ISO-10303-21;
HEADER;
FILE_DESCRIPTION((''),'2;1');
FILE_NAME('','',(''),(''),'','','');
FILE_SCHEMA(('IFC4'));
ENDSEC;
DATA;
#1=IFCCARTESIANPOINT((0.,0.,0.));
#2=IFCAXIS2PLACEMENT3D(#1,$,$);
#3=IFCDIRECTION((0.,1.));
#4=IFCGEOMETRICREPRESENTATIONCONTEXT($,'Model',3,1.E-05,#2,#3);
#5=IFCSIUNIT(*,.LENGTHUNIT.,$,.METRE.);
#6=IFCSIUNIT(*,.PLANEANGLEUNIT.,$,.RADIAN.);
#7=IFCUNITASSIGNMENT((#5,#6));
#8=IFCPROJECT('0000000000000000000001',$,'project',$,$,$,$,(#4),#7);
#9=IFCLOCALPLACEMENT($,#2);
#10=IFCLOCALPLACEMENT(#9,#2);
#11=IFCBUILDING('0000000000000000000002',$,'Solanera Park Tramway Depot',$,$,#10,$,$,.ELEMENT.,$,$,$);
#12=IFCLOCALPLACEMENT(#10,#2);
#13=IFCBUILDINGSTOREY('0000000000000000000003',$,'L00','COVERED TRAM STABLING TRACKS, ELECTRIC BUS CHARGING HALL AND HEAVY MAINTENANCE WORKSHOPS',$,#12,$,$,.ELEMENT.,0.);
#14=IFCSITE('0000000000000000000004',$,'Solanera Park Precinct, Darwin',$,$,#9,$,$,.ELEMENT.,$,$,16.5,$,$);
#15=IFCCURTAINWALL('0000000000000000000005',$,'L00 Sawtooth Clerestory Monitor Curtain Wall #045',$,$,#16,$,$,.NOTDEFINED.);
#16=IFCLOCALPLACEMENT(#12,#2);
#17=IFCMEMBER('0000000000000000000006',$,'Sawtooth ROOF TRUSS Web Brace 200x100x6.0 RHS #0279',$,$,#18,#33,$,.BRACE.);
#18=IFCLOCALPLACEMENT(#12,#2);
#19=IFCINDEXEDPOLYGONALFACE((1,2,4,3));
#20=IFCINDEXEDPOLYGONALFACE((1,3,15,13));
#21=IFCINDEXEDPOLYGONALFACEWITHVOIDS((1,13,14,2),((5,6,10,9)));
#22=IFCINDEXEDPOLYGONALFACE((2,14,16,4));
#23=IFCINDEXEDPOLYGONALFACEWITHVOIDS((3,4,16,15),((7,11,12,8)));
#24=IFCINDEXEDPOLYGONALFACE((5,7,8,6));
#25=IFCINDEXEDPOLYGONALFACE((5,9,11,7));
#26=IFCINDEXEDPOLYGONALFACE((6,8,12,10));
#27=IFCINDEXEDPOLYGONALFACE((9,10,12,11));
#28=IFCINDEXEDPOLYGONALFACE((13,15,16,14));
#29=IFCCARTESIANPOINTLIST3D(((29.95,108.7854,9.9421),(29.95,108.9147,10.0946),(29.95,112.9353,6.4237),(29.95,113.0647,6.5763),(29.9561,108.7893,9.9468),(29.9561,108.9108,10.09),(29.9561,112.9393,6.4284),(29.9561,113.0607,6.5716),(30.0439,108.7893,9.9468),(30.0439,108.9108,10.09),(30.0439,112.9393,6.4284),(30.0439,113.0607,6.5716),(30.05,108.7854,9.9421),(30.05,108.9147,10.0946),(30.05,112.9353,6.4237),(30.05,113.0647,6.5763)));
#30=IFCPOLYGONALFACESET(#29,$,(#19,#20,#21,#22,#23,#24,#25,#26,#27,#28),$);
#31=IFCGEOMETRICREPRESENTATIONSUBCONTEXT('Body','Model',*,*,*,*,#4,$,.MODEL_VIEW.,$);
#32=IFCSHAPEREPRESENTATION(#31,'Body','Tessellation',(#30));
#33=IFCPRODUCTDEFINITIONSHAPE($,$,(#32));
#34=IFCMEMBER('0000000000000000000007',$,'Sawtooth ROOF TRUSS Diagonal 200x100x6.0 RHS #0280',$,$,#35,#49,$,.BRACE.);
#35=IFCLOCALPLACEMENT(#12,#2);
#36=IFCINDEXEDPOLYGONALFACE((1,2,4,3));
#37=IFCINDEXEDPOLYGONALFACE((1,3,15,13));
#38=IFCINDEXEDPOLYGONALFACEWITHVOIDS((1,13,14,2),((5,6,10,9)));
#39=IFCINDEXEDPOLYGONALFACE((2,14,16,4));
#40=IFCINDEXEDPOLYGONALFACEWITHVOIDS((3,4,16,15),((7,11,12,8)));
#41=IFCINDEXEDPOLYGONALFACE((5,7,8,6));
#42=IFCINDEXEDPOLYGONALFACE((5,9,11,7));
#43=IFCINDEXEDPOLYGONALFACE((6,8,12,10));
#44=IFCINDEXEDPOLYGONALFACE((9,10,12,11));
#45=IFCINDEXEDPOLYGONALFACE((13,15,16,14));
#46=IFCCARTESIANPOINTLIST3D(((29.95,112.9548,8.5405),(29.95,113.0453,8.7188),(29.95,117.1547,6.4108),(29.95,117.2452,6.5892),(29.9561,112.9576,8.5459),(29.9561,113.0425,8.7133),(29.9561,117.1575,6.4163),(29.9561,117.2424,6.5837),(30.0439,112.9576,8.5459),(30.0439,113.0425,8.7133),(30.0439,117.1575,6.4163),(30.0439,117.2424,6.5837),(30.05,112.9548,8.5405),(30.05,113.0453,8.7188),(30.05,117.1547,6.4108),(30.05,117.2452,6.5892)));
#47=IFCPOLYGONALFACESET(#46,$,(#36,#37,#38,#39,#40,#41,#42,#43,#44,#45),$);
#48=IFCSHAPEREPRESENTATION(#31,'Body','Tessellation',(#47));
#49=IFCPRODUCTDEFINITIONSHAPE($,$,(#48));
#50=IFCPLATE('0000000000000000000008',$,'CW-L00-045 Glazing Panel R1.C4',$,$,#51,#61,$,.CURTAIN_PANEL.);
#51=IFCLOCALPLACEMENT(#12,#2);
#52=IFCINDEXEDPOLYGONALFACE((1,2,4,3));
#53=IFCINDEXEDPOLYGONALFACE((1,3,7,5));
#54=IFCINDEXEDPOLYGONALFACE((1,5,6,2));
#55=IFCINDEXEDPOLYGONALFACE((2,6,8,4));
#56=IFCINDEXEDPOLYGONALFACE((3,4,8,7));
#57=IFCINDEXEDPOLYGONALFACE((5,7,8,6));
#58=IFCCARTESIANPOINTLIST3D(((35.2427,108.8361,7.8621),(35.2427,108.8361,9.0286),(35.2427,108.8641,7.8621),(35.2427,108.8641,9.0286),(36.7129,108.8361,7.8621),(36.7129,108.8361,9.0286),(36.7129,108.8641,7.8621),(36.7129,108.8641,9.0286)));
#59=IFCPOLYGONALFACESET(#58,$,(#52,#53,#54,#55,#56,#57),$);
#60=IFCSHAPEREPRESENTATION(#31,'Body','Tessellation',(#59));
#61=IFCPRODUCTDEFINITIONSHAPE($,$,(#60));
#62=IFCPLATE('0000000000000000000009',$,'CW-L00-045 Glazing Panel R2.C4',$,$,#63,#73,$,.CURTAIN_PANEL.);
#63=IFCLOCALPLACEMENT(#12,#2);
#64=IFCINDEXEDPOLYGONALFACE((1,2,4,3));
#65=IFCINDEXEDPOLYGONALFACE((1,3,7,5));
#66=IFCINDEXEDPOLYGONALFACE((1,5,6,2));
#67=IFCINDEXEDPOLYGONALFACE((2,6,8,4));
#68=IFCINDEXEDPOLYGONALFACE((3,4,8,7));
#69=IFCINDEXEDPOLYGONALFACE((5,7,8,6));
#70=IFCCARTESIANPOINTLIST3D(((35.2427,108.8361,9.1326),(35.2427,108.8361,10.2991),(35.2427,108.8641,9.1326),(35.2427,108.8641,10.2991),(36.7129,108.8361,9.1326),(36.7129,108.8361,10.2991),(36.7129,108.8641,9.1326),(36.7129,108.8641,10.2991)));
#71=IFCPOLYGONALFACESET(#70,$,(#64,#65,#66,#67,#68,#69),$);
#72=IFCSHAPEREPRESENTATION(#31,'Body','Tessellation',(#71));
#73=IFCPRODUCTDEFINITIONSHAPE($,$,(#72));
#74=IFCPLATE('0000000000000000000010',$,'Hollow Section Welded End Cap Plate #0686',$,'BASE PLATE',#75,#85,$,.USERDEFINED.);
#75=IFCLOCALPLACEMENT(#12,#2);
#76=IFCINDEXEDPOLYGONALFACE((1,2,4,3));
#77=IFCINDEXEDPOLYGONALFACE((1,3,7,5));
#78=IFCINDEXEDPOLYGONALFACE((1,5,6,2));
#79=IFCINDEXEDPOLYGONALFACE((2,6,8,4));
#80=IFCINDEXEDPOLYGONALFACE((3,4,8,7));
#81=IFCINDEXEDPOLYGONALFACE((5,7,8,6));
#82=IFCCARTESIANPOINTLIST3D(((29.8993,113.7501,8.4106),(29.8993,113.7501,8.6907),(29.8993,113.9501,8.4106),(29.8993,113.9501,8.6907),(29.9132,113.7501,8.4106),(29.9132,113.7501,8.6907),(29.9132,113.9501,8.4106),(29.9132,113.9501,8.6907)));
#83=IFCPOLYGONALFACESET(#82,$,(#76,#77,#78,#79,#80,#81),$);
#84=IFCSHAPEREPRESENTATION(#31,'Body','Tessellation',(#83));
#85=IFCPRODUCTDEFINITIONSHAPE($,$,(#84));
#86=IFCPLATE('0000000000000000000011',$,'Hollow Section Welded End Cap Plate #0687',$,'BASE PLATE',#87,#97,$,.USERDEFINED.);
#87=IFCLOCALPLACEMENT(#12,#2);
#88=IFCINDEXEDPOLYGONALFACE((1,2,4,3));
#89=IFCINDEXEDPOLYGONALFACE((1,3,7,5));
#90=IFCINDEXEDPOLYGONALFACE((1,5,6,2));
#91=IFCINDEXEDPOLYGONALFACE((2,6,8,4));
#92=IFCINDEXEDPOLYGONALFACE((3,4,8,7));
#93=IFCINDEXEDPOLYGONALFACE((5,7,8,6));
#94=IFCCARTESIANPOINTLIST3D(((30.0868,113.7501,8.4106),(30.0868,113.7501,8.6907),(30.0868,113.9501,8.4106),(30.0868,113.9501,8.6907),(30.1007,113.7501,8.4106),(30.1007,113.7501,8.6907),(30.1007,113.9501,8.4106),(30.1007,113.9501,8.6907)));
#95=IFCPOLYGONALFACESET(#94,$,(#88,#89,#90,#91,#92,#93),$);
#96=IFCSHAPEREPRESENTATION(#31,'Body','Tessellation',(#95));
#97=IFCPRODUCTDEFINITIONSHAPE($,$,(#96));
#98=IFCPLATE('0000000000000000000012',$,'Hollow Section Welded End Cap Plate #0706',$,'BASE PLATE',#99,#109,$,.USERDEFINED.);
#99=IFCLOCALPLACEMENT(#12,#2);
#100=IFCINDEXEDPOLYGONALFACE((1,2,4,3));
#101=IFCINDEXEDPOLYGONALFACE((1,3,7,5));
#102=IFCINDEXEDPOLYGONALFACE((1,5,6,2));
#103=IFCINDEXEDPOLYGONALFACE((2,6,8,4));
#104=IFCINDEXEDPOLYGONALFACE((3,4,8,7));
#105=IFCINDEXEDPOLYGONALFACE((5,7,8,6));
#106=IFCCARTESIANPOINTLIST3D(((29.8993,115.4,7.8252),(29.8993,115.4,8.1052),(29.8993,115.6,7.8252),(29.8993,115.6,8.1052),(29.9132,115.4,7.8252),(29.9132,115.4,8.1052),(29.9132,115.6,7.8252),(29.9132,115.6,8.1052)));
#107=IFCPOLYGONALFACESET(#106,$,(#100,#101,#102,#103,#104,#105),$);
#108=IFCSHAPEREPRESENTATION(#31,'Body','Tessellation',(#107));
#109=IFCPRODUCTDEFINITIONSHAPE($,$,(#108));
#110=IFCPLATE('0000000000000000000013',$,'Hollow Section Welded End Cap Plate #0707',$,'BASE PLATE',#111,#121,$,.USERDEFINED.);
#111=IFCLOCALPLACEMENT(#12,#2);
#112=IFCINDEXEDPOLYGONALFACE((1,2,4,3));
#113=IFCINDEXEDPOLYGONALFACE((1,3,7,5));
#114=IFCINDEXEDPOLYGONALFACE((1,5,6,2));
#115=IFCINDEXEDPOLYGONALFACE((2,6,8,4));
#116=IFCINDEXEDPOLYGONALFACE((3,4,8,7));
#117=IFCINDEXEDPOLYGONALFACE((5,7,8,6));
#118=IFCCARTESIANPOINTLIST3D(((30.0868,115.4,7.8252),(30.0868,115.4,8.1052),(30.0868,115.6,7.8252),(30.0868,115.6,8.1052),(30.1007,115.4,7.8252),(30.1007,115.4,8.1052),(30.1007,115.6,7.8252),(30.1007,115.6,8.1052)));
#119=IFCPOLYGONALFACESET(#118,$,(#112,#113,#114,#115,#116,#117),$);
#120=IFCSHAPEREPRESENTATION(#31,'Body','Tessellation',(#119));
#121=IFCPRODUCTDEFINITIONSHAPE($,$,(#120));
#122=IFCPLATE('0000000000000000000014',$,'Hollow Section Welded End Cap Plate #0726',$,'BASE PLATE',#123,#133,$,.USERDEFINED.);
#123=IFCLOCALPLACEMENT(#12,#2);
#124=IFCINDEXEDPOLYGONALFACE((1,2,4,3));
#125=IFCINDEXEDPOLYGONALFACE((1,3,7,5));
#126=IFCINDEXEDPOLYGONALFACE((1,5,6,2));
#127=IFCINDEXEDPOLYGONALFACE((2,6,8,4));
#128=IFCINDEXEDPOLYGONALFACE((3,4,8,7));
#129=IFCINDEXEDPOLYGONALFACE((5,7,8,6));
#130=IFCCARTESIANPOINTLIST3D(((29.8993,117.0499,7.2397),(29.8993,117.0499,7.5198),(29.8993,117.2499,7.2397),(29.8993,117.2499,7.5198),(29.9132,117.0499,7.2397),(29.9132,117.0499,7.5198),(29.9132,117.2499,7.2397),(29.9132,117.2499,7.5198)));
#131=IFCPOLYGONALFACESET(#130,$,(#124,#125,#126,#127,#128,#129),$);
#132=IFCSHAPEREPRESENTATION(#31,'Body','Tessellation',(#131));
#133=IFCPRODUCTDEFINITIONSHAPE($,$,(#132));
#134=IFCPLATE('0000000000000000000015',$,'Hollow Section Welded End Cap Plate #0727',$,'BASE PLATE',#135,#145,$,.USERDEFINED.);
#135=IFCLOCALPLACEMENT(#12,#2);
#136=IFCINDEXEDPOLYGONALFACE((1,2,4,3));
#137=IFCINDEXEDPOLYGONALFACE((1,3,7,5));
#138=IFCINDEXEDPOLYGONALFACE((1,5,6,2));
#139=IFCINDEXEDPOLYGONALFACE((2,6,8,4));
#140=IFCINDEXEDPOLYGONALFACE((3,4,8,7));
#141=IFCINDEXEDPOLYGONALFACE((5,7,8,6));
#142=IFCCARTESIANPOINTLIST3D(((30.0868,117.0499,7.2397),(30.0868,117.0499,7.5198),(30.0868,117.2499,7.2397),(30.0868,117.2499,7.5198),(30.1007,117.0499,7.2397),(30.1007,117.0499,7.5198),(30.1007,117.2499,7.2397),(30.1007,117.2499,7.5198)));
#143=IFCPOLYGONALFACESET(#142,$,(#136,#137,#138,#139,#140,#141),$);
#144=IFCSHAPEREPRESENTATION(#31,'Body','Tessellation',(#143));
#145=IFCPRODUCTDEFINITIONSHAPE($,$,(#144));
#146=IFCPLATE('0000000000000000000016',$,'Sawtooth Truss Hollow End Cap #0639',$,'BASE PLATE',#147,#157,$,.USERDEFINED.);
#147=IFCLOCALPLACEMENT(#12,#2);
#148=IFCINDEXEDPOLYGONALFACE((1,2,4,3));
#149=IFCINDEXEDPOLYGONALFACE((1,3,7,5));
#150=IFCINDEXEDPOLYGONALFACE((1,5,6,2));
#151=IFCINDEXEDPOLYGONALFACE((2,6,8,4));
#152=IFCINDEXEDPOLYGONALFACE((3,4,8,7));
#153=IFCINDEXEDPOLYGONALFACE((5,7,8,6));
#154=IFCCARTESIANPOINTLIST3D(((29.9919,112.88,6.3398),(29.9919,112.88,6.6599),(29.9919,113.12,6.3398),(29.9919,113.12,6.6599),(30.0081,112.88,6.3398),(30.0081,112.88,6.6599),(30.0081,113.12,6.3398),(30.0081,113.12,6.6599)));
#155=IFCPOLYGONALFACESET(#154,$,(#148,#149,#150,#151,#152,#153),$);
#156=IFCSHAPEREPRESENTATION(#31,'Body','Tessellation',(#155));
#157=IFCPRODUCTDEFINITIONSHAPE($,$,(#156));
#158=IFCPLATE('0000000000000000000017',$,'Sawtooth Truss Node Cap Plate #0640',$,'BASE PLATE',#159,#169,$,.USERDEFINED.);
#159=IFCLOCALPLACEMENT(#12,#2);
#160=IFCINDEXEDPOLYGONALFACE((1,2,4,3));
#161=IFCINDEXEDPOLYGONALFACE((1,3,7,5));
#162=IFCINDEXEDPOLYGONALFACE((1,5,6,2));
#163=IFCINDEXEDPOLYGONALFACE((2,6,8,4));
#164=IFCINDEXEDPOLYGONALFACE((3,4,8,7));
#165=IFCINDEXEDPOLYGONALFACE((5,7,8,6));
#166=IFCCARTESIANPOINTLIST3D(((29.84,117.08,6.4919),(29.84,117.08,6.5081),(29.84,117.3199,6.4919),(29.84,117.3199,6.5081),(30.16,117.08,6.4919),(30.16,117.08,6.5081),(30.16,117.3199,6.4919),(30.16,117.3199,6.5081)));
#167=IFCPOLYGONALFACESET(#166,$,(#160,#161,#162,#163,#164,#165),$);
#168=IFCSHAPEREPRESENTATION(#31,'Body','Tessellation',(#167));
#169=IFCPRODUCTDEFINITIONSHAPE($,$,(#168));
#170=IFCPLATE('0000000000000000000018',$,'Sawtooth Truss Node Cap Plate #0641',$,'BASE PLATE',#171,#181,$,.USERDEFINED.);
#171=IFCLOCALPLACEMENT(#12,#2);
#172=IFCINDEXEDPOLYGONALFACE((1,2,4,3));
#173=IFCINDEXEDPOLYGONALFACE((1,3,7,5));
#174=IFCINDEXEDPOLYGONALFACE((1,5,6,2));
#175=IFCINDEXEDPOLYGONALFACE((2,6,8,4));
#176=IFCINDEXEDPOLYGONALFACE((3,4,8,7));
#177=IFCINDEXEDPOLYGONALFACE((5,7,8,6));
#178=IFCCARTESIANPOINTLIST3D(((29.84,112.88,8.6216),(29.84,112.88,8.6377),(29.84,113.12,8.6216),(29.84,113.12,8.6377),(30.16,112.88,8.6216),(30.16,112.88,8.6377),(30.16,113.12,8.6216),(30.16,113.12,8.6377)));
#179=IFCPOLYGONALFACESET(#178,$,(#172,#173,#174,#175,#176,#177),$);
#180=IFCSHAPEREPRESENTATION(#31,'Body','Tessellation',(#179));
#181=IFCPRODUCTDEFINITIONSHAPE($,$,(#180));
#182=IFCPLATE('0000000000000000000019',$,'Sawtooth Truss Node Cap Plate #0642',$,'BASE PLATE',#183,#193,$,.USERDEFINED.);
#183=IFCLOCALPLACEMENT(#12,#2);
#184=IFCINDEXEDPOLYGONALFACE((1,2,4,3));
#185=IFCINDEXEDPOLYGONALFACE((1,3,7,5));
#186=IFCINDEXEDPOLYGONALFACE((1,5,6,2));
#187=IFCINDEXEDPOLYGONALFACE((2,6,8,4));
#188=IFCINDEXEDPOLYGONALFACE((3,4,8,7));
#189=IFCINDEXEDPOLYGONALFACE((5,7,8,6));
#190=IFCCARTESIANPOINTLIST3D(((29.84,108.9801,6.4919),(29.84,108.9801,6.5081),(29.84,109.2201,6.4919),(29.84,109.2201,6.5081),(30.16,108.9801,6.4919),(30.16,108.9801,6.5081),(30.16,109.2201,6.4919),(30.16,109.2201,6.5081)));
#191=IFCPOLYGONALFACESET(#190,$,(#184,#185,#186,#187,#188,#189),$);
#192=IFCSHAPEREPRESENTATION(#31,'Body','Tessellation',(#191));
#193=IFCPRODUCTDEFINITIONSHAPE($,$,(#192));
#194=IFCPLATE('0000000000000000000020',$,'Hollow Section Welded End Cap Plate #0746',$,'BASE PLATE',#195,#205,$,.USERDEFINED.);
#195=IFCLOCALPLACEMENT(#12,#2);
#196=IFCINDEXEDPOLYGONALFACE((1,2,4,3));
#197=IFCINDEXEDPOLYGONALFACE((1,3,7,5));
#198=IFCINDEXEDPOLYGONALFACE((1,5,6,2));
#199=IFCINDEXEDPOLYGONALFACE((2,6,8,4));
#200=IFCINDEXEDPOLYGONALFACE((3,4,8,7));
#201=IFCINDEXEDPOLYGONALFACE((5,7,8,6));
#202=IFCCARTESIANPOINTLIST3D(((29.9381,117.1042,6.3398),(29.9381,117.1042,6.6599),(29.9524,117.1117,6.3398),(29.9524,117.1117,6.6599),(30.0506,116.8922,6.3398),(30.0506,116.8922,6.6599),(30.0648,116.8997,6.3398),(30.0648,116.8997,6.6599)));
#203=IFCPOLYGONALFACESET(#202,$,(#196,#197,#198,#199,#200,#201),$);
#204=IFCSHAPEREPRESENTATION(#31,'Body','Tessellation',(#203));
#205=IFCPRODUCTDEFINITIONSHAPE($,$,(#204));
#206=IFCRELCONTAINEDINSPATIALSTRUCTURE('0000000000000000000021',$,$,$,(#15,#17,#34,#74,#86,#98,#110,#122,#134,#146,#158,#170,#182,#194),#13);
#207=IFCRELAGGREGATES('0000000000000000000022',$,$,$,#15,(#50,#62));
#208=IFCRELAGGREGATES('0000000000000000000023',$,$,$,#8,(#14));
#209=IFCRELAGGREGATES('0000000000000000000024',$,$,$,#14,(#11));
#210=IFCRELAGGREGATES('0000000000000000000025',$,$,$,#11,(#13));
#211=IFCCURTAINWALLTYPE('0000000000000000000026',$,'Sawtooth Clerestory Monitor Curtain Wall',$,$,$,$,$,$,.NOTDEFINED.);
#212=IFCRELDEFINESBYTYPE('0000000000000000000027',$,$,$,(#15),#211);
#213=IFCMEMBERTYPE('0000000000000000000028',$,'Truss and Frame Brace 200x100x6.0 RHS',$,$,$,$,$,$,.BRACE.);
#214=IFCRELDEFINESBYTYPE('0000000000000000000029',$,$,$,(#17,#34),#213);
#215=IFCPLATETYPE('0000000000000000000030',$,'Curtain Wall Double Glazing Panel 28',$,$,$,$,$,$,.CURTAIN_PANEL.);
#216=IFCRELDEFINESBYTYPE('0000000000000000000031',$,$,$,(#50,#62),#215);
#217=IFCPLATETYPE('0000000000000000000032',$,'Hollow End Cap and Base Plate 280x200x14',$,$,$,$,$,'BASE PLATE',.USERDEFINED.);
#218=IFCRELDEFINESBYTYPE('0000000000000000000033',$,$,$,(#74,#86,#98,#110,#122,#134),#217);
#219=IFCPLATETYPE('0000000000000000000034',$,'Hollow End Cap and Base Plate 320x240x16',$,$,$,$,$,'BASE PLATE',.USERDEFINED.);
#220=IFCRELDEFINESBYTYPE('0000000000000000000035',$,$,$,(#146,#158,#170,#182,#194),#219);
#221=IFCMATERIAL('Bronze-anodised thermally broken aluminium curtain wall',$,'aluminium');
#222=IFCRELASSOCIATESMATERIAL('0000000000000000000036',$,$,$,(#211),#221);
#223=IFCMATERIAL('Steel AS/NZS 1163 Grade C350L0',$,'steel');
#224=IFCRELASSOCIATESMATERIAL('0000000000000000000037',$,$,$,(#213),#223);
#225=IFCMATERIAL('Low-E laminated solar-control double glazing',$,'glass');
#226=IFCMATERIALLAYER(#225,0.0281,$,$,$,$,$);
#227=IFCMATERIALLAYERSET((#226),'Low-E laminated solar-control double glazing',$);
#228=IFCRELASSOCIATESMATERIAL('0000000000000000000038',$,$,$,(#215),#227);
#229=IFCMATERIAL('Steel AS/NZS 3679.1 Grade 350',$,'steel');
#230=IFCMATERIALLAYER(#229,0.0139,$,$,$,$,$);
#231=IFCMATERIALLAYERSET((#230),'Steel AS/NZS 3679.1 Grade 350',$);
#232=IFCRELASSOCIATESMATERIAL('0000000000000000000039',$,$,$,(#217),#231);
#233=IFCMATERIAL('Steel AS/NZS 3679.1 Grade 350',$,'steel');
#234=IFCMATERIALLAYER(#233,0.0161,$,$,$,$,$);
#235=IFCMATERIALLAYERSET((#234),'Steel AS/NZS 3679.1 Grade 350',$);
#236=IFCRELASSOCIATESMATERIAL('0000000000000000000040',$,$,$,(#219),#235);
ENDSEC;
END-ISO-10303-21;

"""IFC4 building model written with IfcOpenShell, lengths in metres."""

from ifc_helpers import new_model, si_unit, direction, frame, origin, origin_2d, place, context, subcontext, project, spatial, rectangle, hollow_rectangle, extrude, material, layer, layer_set, material_profile, profile_set, type_object, element, aggregate, save


model = new_model("IFC4")

# Units and contexts
model_context = context("Model", 3, precision=1e-05, world=origin(), true_north=direction((0.0, 1.0)))
body_context = subcontext(model_context, "Body", "Model", "MODEL_VIEW")
ifc_project = project(units=[si_unit("LENGTHUNIT", "METRE"), si_unit("PLANEANGLEUNIT", "RADIAN")], contexts=[model_context])

# Site, building, storey
site_placement = place(None, origin())
site = spatial("IfcSite", under=ifc_project, at=site_placement, Name="Solanera Park Precinct, Darwin", CompositionType="ELEMENT", RefElevation=16.5)
building_placement = place(site_placement, origin())
building = spatial("IfcBuilding", under=site, at=building_placement, Name="Solanera Park Tramway Depot", CompositionType="ELEMENT")
storey_placement = place(building_placement, origin())
storey = spatial("IfcBuildingStorey", under=building, at=storey_placement, Name="L00", Description="COVERED TRAM STABLING TRACKS, ELECTRIC BUS CHARGING HALL AND HEAVY MAINTENANCE WORKSHOPS", CompositionType="ELEMENT", Elevation=0.0)

# Curtain wall
ifc_material_1 = material(Name="Bronze-anodised thermally broken aluminium curtain wall", Category="aluminium")
curtain_wall_type = type_object("IfcCurtainWallType", Name="Sawtooth Clerestory Monitor Curtain Wall", PredefinedType="NOTDEFINED", material=ifc_material_1)
curtain_wall_placement = place(storey_placement, origin())
curtain_wall = element("IfcCurtainWall", 1, at=curtain_wall_placement, inside=storey, type_object=curtain_wall_type, Name="L00 Sawtooth Clerestory Monitor Curtain Wall #045", PredefinedType="NOTDEFINED")

# Members
ifc_material_2 = material(Name="Steel AS/NZS 1163 Grade C350L0", Category="steel")
ifc_material_profile_1 = material_profile(ifc_material_2, hollow_rectangle(XDim=0.1001, YDim=0.2, WallThickness=0.0061, at=origin_2d()), Name="200x100x6.0 RHS")
ifc_profile_set_1 = profile_set([ifc_material_profile_1], Name="Steel AS/NZS 1163 Grade C350L0")
member_type_1 = type_object("IfcMemberType", Name="Truss and Frame Brace 200x100x6.0 RHS", PredefinedType="BRACE", material=ifc_profile_set_1)
member_1_placement = place(storey_placement, frame((30.0, 113.0, 6.5), z_axis=(0.0, -0.762765, 0.646676), x_axis=(1.0, 0.0, 0.0)))
element("IfcMember", 2, at=member_1_placement, inside=storey, type_object=member_type_1, Name="Sawtooth ROOF TRUSS Web Brace 200x100x6.0 RHS #0279", PredefinedType="BRACE", context=body_context, shape_type="SweptSolid", body=[
    extrude(hollow_rectangle(XDim=0.1001, YDim=0.2, WallThickness=0.0061, at=origin_2d()), origin(), (0.0, 0.0, 1.0), 5.4407),
])
member_2_placement = place(storey_placement, frame((30.0, 117.2, 6.5), z_axis=(0.0, -0.891893, 0.452246), x_axis=(1.0, 0.0, 0.0)))
element("IfcMember", 3, at=member_2_placement, inside=storey, type_object=member_type_1, Name="Sawtooth ROOF TRUSS Diagonal 200x100x6.0 RHS #0280", PredefinedType="BRACE", context=body_context, shape_type="SweptSolid", body=[
    extrude(hollow_rectangle(XDim=0.1001, YDim=0.2, WallThickness=0.0061, at=origin_2d()), origin(), (0.0, 0.0, 1.0), 4.709),
])

# Plates
ifc_material_3 = material(Name="Low-E laminated solar-control double glazing", Category="glass")
ifc_layer_1 = layer(ifc_material_3, 0.0281)
ifc_layer_set_1 = layer_set([ifc_layer_1], Name="Low-E laminated solar-control double glazing")
plate_type_1 = type_object("IfcPlateType", Name="Curtain Wall Double Glazing Panel 28", PredefinedType="CURTAIN_PANEL", material=ifc_layer_set_1)
plate_1_placement = place(storey_placement, frame((35.9778, 108.8501, 7.8621), z_axis=(0.0, 0.0, 1.0), x_axis=(1.0, 0.0, 0.0)))
plate_1 = element("IfcPlate", 4, at=plate_1_placement, type_object=plate_type_1, Name="CW-L00-045 Glazing Panel R1.C4", PredefinedType="CURTAIN_PANEL", context=body_context, shape_type="SweptSolid", body=[
    extrude(rectangle(XDim=1.4702, YDim=0.0281, at=origin_2d()), origin(), (0.0, 0.0, 1.0), 1.1665),
])
plate_2_placement = place(storey_placement, frame((35.9778, 108.8501, 9.1326), z_axis=(0.0, 0.0, 1.0), x_axis=(1.0, 0.0, 0.0)))
plate_2 = element("IfcPlate", 5, at=plate_2_placement, type_object=plate_type_1, Name="CW-L00-045 Glazing Panel R2.C4", PredefinedType="CURTAIN_PANEL", context=body_context, shape_type="SweptSolid", body=[
    extrude(rectangle(XDim=1.4702, YDim=0.0281, at=origin_2d()), origin(), (0.0, 0.0, 1.0), 1.1665),
])
aggregate(curtain_wall, [plate_1, plate_2])

# Plates
ifc_material_4 = material(Name="Steel AS/NZS 3679.1 Grade 350", Category="steel")
ifc_layer_2 = layer(ifc_material_4, 0.0139)
ifc_layer_set_2 = layer_set([ifc_layer_2], Name="Steel AS/NZS 3679.1 Grade 350")
plate_type_2 = type_object("IfcPlateType", Name="Hollow End Cap and Base Plate 280x200x14", ElementType="BASE PLATE", PredefinedType="USERDEFINED", material=ifc_layer_set_2)
for number, where, z_axis, x_axis, name in (
    (6, (29.9062, 113.8501, 8.4106), (0.0, 0.0, 1.0), (1.0, 0.0, 0.0), "Hollow Section Welded End Cap Plate #0686"),
    (7, (30.0938, 113.8501, 8.4106), (0.0, 0.0, 1.0), (1.0, 0.0, 0.0), "Hollow Section Welded End Cap Plate #0687"),
    (8, (29.9062, 115.5, 7.8252), (0.0, 0.0, 1.0), (1.0, 0.0, 0.0), "Hollow Section Welded End Cap Plate #0706"),
    (9, (30.0938, 115.5, 7.8252), (0.0, 0.0, 1.0), (1.0, 0.0, 0.0), "Hollow Section Welded End Cap Plate #0707"),
    (10, (29.9062, 117.1499, 7.2397), (0.0, 0.0, 1.0), (1.0, 0.0, 0.0), "Hollow Section Welded End Cap Plate #0726"),
    (11, (30.0938, 117.1499, 7.2397), (0.0, 0.0, 1.0), (1.0, 0.0, 0.0), "Hollow Section Welded End Cap Plate #0727"),
):
    element("IfcPlate", number, at=place(storey_placement, frame(where, z_axis=z_axis, x_axis=x_axis)), inside=storey, type_object=plate_type_2, Name=name, ObjectType="BASE PLATE", PredefinedType="USERDEFINED", context=body_context, shape_type="SweptSolid", body=[
        extrude(rectangle(XDim=0.0139, YDim=0.2, at=origin_2d()), origin(), (0.0, 0.0, 1.0), 0.28),
    ])
ifc_material_5 = material(Name="Steel AS/NZS 3679.1 Grade 350", Category="steel")
ifc_layer_3 = layer(ifc_material_5, 0.0161)
ifc_layer_set_3 = layer_set([ifc_layer_3], Name="Steel AS/NZS 3679.1 Grade 350")
plate_type_3 = type_object("IfcPlateType", Name="Hollow End Cap and Base Plate 320x240x16", ElementType="BASE PLATE", PredefinedType="USERDEFINED", material=ifc_layer_set_3)
plate_3_placement = place(storey_placement, frame((30.0, 113.0, 6.3398), z_axis=(0.0, 0.0, 1.0), x_axis=(1.0, 0.0, 0.0)))
element("IfcPlate", 12, at=plate_3_placement, inside=storey, type_object=plate_type_3, Name="Sawtooth Truss Hollow End Cap #0639", ObjectType="BASE PLATE", PredefinedType="USERDEFINED", context=body_context, shape_type="SweptSolid", body=[
    extrude(rectangle(XDim=0.0161, YDim=0.24, at=origin_2d()), origin(), (0.0, 0.0, 1.0), 0.3201),
])
for number, where, z_axis, x_axis, name in (
    (13, (30.0, 117.2, 6.4919), (0.0, 0.0, 1.0), (1.0, 0.0, 0.0), "Sawtooth Truss Node Cap Plate #0640"),
    (14, (30.0, 113.0, 8.6216), (0.0, 0.0, 1.0), (1.0, 0.0, 0.0), "Sawtooth Truss Node Cap Plate #0641"),
    (15, (30.0, 109.1001, 6.4919), (0.0, 0.0, 1.0), (1.0, 0.0, 0.0), "Sawtooth Truss Node Cap Plate #0642"),
):
    element("IfcPlate", number, at=place(storey_placement, frame(where, z_axis=z_axis, x_axis=x_axis)), inside=storey, type_object=plate_type_3, Name=name, ObjectType="BASE PLATE", PredefinedType="USERDEFINED", context=body_context, shape_type="SweptSolid", body=[
        extrude(rectangle(XDim=0.3201, YDim=0.24, at=origin_2d()), origin(), (0.0, 0.0, 1.0), 0.0161),
    ])
plate_4_placement = place(storey_placement, frame((30.0015, 117.002, 6.3398), z_axis=(0.0, 0.0, 1.0), x_axis=(0.883521, 0.468392, 0.0)))
element("IfcPlate", 16, at=plate_4_placement, inside=storey, type_object=plate_type_3, Name="Hollow Section Welded End Cap Plate #0746", ObjectType="BASE PLATE", PredefinedType="USERDEFINED", context=body_context, shape_type="SweptSolid", body=[
    extrude(rectangle(XDim=0.0161, YDim=0.24, at=origin_2d()), origin(), (0.0, 0.0, 1.0), 0.3201),
])

save(model, "model.ifc")
